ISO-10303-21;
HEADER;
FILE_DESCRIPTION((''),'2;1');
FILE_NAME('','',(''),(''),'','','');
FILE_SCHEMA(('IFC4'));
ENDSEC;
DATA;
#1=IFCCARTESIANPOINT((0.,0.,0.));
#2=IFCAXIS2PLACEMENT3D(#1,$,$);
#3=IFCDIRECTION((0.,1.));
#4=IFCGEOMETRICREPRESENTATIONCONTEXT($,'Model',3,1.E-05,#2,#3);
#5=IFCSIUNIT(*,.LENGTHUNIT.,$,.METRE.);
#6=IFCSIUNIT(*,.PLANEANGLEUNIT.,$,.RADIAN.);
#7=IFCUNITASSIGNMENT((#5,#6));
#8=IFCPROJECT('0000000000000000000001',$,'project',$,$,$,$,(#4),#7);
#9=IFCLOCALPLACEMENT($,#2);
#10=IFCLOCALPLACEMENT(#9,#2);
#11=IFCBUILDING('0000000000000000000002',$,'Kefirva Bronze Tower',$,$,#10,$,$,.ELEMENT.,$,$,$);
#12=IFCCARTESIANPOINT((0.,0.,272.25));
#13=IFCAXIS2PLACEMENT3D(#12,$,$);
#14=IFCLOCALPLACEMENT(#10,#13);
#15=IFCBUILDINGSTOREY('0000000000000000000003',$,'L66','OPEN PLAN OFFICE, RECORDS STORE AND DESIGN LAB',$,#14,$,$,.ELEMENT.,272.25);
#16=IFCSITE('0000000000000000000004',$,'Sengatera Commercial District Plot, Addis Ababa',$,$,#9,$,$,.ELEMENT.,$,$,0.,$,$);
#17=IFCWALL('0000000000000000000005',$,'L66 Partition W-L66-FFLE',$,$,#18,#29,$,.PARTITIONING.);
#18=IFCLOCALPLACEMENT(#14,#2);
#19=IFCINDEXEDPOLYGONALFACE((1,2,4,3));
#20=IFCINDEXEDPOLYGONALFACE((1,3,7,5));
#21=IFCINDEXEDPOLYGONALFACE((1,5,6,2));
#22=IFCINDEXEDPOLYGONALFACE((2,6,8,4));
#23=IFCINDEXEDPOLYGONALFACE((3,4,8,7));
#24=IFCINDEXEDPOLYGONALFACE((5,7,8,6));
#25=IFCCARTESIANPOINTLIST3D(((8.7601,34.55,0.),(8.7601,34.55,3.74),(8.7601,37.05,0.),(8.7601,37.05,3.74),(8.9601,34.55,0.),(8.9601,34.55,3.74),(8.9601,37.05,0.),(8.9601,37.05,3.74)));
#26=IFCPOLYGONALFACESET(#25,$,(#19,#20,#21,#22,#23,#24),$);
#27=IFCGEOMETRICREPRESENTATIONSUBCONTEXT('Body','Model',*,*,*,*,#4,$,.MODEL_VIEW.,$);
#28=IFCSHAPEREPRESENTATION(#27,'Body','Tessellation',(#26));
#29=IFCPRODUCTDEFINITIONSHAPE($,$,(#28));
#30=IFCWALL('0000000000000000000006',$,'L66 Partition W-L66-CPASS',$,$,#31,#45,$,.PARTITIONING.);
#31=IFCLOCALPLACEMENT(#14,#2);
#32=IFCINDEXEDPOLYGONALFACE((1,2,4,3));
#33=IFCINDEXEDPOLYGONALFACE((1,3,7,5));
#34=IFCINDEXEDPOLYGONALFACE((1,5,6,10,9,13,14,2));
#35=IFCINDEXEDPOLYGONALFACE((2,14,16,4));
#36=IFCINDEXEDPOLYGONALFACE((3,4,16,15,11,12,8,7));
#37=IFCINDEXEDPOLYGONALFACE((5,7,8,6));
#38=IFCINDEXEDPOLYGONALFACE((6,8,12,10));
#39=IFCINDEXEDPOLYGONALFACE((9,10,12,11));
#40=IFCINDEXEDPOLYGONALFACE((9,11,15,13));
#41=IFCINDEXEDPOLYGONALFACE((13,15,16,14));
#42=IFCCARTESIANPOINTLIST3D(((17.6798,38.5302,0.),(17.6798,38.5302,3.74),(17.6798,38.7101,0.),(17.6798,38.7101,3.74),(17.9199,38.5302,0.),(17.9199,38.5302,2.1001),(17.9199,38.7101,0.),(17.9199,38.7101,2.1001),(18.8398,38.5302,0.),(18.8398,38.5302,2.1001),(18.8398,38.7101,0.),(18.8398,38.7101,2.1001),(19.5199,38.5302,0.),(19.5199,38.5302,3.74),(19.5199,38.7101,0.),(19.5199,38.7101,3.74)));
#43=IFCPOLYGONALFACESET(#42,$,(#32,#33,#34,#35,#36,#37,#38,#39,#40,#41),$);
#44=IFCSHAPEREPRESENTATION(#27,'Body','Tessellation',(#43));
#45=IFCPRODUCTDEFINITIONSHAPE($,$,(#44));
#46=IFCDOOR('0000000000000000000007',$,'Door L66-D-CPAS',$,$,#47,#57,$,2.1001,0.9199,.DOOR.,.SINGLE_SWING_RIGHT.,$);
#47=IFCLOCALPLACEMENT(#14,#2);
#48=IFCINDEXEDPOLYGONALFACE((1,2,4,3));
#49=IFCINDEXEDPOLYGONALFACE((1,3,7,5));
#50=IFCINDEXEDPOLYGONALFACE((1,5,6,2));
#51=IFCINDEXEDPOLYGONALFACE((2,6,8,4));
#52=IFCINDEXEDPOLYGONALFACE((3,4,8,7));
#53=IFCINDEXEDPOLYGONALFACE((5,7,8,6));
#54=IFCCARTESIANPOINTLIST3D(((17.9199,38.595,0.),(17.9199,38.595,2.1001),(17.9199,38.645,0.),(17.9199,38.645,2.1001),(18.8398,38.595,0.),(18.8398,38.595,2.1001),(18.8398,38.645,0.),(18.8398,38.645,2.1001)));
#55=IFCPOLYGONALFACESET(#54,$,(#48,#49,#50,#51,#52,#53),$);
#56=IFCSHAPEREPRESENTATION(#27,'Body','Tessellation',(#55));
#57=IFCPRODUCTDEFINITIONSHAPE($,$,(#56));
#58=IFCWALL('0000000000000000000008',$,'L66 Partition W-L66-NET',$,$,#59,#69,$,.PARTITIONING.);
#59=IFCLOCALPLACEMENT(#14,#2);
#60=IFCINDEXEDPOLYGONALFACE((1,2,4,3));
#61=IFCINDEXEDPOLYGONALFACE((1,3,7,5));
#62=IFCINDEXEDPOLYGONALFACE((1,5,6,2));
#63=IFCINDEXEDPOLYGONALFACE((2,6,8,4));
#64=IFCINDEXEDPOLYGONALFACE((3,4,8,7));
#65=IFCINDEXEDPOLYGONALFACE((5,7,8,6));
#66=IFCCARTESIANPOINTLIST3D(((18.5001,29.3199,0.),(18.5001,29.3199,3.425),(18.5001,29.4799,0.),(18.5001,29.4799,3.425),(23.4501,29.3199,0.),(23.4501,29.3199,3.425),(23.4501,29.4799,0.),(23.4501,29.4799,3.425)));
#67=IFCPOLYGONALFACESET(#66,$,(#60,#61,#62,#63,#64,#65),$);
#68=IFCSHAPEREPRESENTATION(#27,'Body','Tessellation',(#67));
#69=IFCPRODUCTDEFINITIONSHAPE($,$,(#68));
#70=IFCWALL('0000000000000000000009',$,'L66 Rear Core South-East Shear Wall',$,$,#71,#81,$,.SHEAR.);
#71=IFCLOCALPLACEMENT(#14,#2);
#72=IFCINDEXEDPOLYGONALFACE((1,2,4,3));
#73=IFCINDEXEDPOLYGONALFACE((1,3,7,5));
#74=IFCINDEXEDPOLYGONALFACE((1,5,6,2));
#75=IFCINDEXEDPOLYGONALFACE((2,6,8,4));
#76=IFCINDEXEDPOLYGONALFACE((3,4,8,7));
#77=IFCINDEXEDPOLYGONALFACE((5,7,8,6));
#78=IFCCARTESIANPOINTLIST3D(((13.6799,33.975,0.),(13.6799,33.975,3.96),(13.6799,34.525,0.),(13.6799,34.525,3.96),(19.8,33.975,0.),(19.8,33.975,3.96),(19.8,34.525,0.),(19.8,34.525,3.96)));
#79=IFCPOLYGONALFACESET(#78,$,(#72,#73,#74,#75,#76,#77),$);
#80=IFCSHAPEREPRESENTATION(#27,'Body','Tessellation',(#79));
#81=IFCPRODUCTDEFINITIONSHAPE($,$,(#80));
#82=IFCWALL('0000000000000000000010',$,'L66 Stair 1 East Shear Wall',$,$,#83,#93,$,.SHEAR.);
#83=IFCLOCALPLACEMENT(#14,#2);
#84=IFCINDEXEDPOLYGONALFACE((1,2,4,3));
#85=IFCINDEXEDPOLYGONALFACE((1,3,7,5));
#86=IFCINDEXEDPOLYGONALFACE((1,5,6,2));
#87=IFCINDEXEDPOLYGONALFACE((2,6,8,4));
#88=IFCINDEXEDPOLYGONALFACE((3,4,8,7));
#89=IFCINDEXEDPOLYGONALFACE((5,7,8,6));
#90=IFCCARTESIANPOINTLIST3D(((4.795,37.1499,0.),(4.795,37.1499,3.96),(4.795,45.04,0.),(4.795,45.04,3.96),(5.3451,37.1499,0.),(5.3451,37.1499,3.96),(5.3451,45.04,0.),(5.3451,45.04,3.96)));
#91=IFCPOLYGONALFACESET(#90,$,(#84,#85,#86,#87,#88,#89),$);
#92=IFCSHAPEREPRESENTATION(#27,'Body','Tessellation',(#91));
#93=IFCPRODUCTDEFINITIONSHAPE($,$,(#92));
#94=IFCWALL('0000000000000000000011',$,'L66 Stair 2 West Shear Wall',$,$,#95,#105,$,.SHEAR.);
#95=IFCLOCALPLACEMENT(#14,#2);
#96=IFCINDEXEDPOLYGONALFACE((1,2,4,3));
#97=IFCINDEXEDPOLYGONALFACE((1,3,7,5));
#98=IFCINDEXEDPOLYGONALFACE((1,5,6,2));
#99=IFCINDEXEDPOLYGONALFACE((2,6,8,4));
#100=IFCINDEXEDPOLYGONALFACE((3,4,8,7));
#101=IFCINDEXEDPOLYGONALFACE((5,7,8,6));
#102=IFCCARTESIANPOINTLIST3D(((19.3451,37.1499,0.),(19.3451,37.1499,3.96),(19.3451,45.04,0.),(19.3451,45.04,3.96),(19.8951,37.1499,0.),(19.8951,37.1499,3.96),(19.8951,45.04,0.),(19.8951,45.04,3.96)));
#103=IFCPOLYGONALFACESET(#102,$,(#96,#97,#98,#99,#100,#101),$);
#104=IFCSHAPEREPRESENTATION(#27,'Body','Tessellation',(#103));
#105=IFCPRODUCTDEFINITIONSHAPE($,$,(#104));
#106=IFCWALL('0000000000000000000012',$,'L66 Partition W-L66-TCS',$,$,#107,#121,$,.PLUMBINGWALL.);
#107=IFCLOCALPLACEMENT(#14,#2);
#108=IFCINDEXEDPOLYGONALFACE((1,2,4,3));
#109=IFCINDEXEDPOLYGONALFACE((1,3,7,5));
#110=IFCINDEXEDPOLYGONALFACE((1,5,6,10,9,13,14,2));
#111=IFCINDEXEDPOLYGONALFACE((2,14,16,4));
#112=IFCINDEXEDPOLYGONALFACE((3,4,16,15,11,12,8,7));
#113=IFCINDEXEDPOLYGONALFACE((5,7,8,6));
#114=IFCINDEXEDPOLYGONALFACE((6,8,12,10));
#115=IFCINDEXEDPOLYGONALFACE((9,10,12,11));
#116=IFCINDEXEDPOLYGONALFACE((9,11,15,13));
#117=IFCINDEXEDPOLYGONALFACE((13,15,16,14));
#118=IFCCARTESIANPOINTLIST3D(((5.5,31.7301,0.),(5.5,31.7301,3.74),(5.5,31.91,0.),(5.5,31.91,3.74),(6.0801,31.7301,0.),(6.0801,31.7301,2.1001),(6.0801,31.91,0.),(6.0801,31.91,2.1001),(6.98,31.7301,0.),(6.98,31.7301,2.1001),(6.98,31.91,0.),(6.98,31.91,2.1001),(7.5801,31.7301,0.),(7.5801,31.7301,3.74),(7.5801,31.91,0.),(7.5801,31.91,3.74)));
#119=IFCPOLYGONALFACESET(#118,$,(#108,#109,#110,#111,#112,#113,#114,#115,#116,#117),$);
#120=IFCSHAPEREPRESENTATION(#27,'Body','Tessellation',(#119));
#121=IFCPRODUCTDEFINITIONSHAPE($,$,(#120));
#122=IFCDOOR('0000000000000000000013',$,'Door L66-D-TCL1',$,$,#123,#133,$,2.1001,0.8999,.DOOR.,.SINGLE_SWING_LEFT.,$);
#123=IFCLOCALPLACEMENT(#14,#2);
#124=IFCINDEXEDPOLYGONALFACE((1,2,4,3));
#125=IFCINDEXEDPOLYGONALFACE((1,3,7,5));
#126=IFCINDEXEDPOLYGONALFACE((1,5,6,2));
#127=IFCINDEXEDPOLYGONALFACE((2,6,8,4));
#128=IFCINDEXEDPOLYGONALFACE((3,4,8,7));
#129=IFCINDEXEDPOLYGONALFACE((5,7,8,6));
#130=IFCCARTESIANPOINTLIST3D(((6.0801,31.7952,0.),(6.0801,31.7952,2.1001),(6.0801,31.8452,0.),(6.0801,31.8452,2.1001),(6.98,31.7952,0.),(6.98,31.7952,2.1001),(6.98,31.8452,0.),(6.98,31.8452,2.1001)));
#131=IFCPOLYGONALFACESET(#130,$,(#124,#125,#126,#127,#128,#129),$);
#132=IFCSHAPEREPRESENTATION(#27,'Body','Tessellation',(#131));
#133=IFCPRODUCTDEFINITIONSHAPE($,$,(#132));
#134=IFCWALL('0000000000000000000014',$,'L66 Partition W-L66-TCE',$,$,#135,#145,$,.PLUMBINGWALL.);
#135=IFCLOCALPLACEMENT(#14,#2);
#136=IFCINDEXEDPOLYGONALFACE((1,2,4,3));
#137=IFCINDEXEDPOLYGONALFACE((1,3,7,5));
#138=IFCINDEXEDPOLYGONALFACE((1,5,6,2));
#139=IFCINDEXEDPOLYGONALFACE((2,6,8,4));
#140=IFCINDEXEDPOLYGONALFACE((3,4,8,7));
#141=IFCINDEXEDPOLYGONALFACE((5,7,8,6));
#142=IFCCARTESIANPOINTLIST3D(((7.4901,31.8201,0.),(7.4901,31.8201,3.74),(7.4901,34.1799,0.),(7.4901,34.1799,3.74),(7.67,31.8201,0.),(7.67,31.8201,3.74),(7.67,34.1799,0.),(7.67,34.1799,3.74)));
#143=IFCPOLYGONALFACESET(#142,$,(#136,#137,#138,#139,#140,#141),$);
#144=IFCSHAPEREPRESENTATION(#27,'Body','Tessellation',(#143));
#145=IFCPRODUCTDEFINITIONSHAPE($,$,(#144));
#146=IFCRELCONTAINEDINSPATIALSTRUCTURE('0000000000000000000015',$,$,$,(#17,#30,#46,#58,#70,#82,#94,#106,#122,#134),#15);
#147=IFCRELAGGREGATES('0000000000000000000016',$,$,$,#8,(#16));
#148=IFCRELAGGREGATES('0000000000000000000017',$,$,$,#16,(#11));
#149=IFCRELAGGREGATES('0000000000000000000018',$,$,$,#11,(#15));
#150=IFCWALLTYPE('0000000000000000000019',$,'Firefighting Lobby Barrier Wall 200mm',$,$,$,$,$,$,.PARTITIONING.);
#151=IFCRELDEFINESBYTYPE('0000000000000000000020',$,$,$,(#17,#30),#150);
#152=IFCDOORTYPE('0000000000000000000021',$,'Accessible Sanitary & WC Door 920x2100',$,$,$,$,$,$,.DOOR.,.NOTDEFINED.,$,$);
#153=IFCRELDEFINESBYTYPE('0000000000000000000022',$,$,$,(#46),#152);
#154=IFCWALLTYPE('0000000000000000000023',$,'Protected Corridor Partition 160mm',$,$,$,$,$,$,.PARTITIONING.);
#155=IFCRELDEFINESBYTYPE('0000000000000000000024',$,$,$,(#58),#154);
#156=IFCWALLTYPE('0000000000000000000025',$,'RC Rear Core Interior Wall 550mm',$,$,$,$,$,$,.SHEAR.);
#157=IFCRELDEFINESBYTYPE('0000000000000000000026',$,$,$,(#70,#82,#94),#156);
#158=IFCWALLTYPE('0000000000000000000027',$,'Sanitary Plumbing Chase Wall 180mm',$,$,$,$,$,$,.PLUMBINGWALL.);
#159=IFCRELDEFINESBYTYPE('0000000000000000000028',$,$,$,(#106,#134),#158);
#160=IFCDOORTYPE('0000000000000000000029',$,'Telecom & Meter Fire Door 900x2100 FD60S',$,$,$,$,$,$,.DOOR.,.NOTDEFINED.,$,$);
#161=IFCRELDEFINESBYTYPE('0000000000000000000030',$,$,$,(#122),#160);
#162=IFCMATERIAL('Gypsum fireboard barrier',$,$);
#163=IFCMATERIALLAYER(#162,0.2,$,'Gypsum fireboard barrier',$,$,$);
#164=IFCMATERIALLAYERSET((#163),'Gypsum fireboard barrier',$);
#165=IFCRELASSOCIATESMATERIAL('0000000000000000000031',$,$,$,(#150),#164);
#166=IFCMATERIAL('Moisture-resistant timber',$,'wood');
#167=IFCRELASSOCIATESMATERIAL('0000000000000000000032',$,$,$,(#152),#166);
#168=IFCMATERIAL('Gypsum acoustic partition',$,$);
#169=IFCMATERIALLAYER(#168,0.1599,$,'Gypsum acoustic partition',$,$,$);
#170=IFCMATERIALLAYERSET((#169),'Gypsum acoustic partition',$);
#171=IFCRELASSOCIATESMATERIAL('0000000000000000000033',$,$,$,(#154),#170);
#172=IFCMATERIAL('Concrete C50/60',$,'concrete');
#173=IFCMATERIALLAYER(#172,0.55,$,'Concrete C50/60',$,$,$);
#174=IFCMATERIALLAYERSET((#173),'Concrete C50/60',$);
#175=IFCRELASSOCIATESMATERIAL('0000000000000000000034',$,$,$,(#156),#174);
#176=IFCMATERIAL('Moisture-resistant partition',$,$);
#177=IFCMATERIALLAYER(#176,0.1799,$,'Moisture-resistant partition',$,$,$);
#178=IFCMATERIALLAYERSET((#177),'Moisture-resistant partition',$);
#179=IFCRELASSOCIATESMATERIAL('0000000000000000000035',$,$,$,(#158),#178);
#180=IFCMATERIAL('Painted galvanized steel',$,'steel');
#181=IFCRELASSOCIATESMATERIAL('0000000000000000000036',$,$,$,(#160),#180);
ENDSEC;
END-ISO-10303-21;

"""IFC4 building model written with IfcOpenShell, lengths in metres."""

from ifc_helpers import new_model, si_unit, direction, frame, frame_2d, origin, place, context, subcontext, project, spatial, rectangle, extrude, material, layer, layer_set, type_object, element, fill, save


model = new_model("IFC4")

# Units and contexts
model_context = context("Model", 3, precision=1e-05, world=origin(), true_north=direction((0.0, 1.0)))
body_context = subcontext(model_context, "Body", "Model", "MODEL_VIEW")
ifc_project = project(units=[si_unit("LENGTHUNIT", "METRE"), si_unit("PLANEANGLEUNIT", "RADIAN")], contexts=[model_context])

# Site, building, storey
site_placement = place(None, origin())
site = spatial("IfcSite", under=ifc_project, at=site_placement, Name="Sengatera Commercial District Plot, Addis Ababa", CompositionType="ELEMENT", RefElevation=0.0)
building_placement = place(site_placement, origin())
building = spatial("IfcBuilding", under=site, at=building_placement, Name="Kefirva Bronze Tower", CompositionType="ELEMENT")
storey_placement = place(building_placement, frame((0.0, 0.0, 272.25)))
storey = spatial("IfcBuildingStorey", under=building, at=storey_placement, Name="L66", Description="OPEN PLAN OFFICE, RECORDS STORE AND DESIGN LAB", CompositionType="ELEMENT", Elevation=272.25)

# Shared definitions
ifc_material_1 = material(Name="Concrete C50/60", Category="concrete")

# Shared definitions
ifc_material_2 = material(Name="Gypsum acoustic partition")

# Wall
ifc_material_3 = material(Name="Gypsum fireboard barrier")
ifc_layer_1 = layer(ifc_material_3, 0.2, Name="Gypsum fireboard barrier")
ifc_layer_set_1 = layer_set([ifc_layer_1], Name="Gypsum fireboard barrier")
wall_type_1 = type_object("IfcWallType", Name="Firefighting Lobby Barrier Wall 200mm", PredefinedType="PARTITIONING", material=ifc_layer_set_1)
wall_1_placement = place(storey_placement, frame((8.8601, 34.55, 0.0), z_axis=(0.0, 0.0, 1.0), x_axis=(0.0, 1.0, 0.0)))
element("IfcWall", 1, at=wall_1_placement, inside=storey, type_object=wall_type_1, Name="L66 Partition W-L66-FFLE", PredefinedType="PARTITIONING", context=body_context, shape_type="SweptSolid", body=[
    extrude(rectangle(XDim=2.5, YDim=0.2, at=frame_2d((1.25, 0.0))), origin(), (0.0, 0.0, 1.0), 3.74),
])

# Wall, opening, door
ifc_material_4 = material(Name="Painted galvanized steel", Category="steel")
wall_2_placement = place(storey_placement, frame((17.6799, 38.6201, 0.0), z_axis=(0.0, 0.0, 1.0), x_axis=(1.0, 0.0, 0.0)))
wall_2 = element("IfcWall", 2, at=wall_2_placement, inside=storey, type_object=wall_type_1, Name="L66 Partition W-L66-CPASS", PredefinedType="PARTITIONING", context=body_context, shape_type="SweptSolid", body=[
    extrude(rectangle(XDim=1.8401, YDim=0.1799, at=frame_2d((0.9199, 0.0))), origin(), (0.0, 0.0, 1.0), 3.74),
])
opening_1_placement = place(wall_2_placement, frame((0.24, 0.0, 0.0)))
opening_1 = element("IfcOpeningElement", 3, at=opening_1_placement, cuts=wall_2, PredefinedType="OPENING", context=body_context, shape_type="SweptSolid", body=[
    extrude(rectangle(XDim=0.9199, YDim=2.1001, at=frame_2d((0.46, 1.05))), frame((0.0, 0.1001, 0.0), z_axis=(0.0, -1.0, 0.0), x_axis=(1.0, 0.0, 0.0)), (0.0, 0.0, 1.0), 0.2),
])
ifc_material_5 = material(Name="Moisture-resistant timber", Category="wood")
door_type_1 = type_object("IfcDoorType", Name="Accessible Sanitary & WC Door 920x2100", OperationType="NOTDEFINED", PredefinedType="DOOR", material=ifc_material_5)
door_1_placement = place(opening_1_placement, origin())
door_1 = element("IfcDoor", 4, at=door_1_placement, inside=storey, type_object=door_type_1, Name="Door L66-D-CPAS", OperationType="SINGLE_SWING_RIGHT", OverallHeight=2.1001, OverallWidth=0.9199, PredefinedType="DOOR", context=body_context, shape_type="SweptSolid", body=[
    extrude(rectangle(XDim=0.9199, YDim=2.1001, at=frame_2d((0.46, 1.05))), frame((0.0, 0.0249, 0.0), z_axis=(0.0, -1.0, 0.0), x_axis=(1.0, 0.0, 0.0)), (0.0, 0.0, 1.0), 0.05),
])
fill(opening_1, door_1)
ifc_layer_2 = layer(ifc_material_2, 0.1599, Name="Gypsum acoustic partition")
ifc_layer_set_2 = layer_set([ifc_layer_2], Name="Gypsum acoustic partition")
wall_type_2 = type_object("IfcWallType", Name="Protected Corridor Partition 160mm", PredefinedType="PARTITIONING", material=ifc_layer_set_2)

# Walls
wall_3_placement = place(storey_placement, frame((18.5, 29.3999, 0.0), z_axis=(0.0, 0.0, 1.0), x_axis=(1.0, 0.0, 0.0)))
element("IfcWall", 5, at=wall_3_placement, inside=storey, type_object=wall_type_2, Name="L66 Partition W-L66-NET", PredefinedType="PARTITIONING", context=body_context, shape_type="SweptSolid", body=[
    extrude(rectangle(XDim=4.95, YDim=0.1599, at=frame_2d((2.4751, 0.0))), origin(), (0.0, 0.0, 1.0), 3.425),
])
ifc_layer_3 = layer(ifc_material_1, 0.55, Name="Concrete C50/60")
ifc_layer_set_3 = layer_set([ifc_layer_3], Name="Concrete C50/60")
wall_type_3 = type_object("IfcWallType", Name="RC Rear Core Interior Wall 550mm", PredefinedType="SHEAR", material=ifc_layer_set_3)
wall_4_placement = place(storey_placement, frame((13.6799, 34.25, 0.0), z_axis=(0.0, 0.0, 1.0), x_axis=(1.0, 0.0, 0.0)))
element("IfcWall", 6, at=wall_4_placement, inside=storey, type_object=wall_type_3, Name="L66 Rear Core South-East Shear Wall", PredefinedType="SHEAR", context=body_context, shape_type="SweptSolid", body=[
    extrude(rectangle(XDim=6.1201, YDim=0.55, at=frame_2d((3.0601, 0.0))), origin(), (0.0, 0.0, 1.0), 3.96),
])
for number, where, z_axis, x_axis, name in (
    (7, (5.0701, 37.1499, 0.0), (0.0, 0.0, 1.0), (0.0, 1.0, 0.0), "L66 Stair 1 East Shear Wall"),
    (8, (19.6201, 37.1499, 0.0), (0.0, 0.0, 1.0), (0.0, 1.0, 0.0), "L66 Stair 2 West Shear Wall"),
):
    element("IfcWall", number, at=place(storey_placement, frame(where, z_axis=z_axis, x_axis=x_axis)), inside=storey, type_object=wall_type_3, Name=name, PredefinedType="SHEAR", context=body_context, shape_type="SweptSolid", body=[
        extrude(rectangle(XDim=7.8901, YDim=0.55, at=frame_2d((3.9451, 0.0))), origin(), (0.0, 0.0, 1.0), 3.96),
    ])

# Wall, opening, door
ifc_material_6 = material(Name="Moisture-resistant partition")
ifc_layer_4 = layer(ifc_material_6, 0.1799, Name="Moisture-resistant partition")
ifc_layer_set_4 = layer_set([ifc_layer_4], Name="Moisture-resistant partition")
wall_type_4 = type_object("IfcWallType", Name="Sanitary Plumbing Chase Wall 180mm", PredefinedType="PLUMBINGWALL", material=ifc_layer_set_4)
wall_5_placement = place(storey_placement, frame((5.5, 31.8201, 0.0), z_axis=(0.0, 0.0, 1.0), x_axis=(1.0, 0.0, 0.0)))
wall_5 = element("IfcWall", 9, at=wall_5_placement, inside=storey, type_object=wall_type_4, Name="L66 Partition W-L66-TCS", PredefinedType="PLUMBINGWALL", context=body_context, shape_type="SweptSolid", body=[
    extrude(rectangle(XDim=2.0801, YDim=0.1799, at=frame_2d((1.04, 0.0))), origin(), (0.0, 0.0, 1.0), 3.74),
])
opening_2_placement = place(wall_5_placement, frame((1.48, 0.0, 0.0), z_axis=(0.0, 0.0, 1.0), x_axis=(-1.0, 0.0, 0.0)))
opening_2 = element("IfcOpeningElement", 10, at=opening_2_placement, cuts=wall_5, PredefinedType="OPENING", context=body_context, shape_type="SweptSolid", body=[
    extrude(rectangle(XDim=0.8999, YDim=2.1001, at=frame_2d((0.45, 1.05))), frame((0.0, 0.1001, 0.0), z_axis=(0.0, -1.0, 0.0), x_axis=(1.0, 0.0, 0.0)), (0.0, 0.0, 1.0), 0.2),
])
door_type_2 = type_object("IfcDoorType", Name="Telecom & Meter Fire Door 900x2100 FD60S", OperationType="NOTDEFINED", PredefinedType="DOOR", material=ifc_material_4)
door_2_placement = place(opening_2_placement, origin())
door_2 = element("IfcDoor", 11, at=door_2_placement, inside=storey, type_object=door_type_2, Name="Door L66-D-TCL1", OperationType="SINGLE_SWING_LEFT", OverallHeight=2.1001, OverallWidth=0.8999, PredefinedType="DOOR", context=body_context, shape_type="SweptSolid", body=[
    extrude(rectangle(XDim=0.8999, YDim=2.1001, at=frame_2d((0.45, 1.05))), frame((0.0, 0.0249, 0.0), z_axis=(0.0, -1.0, 0.0), x_axis=(1.0, 0.0, 0.0)), (0.0, 0.0, 1.0), 0.05),
])
fill(opening_2, door_2)

# Wall
wall_6_placement = place(storey_placement, frame((7.5801, 31.8201, 0.0), z_axis=(0.0, 0.0, 1.0), x_axis=(0.0, 1.0, 0.0)))
element("IfcWall", 12, at=wall_6_placement, inside=storey, type_object=wall_type_4, Name="L66 Partition W-L66-TCE", PredefinedType="PLUMBINGWALL", context=body_context, shape_type="SweptSolid", body=[
    extrude(rectangle(XDim=2.3599, YDim=0.1799, at=frame_2d((1.1799, 0.0))), origin(), (0.0, 0.0, 1.0), 3.74),
])

save(model, "model.ifc")
